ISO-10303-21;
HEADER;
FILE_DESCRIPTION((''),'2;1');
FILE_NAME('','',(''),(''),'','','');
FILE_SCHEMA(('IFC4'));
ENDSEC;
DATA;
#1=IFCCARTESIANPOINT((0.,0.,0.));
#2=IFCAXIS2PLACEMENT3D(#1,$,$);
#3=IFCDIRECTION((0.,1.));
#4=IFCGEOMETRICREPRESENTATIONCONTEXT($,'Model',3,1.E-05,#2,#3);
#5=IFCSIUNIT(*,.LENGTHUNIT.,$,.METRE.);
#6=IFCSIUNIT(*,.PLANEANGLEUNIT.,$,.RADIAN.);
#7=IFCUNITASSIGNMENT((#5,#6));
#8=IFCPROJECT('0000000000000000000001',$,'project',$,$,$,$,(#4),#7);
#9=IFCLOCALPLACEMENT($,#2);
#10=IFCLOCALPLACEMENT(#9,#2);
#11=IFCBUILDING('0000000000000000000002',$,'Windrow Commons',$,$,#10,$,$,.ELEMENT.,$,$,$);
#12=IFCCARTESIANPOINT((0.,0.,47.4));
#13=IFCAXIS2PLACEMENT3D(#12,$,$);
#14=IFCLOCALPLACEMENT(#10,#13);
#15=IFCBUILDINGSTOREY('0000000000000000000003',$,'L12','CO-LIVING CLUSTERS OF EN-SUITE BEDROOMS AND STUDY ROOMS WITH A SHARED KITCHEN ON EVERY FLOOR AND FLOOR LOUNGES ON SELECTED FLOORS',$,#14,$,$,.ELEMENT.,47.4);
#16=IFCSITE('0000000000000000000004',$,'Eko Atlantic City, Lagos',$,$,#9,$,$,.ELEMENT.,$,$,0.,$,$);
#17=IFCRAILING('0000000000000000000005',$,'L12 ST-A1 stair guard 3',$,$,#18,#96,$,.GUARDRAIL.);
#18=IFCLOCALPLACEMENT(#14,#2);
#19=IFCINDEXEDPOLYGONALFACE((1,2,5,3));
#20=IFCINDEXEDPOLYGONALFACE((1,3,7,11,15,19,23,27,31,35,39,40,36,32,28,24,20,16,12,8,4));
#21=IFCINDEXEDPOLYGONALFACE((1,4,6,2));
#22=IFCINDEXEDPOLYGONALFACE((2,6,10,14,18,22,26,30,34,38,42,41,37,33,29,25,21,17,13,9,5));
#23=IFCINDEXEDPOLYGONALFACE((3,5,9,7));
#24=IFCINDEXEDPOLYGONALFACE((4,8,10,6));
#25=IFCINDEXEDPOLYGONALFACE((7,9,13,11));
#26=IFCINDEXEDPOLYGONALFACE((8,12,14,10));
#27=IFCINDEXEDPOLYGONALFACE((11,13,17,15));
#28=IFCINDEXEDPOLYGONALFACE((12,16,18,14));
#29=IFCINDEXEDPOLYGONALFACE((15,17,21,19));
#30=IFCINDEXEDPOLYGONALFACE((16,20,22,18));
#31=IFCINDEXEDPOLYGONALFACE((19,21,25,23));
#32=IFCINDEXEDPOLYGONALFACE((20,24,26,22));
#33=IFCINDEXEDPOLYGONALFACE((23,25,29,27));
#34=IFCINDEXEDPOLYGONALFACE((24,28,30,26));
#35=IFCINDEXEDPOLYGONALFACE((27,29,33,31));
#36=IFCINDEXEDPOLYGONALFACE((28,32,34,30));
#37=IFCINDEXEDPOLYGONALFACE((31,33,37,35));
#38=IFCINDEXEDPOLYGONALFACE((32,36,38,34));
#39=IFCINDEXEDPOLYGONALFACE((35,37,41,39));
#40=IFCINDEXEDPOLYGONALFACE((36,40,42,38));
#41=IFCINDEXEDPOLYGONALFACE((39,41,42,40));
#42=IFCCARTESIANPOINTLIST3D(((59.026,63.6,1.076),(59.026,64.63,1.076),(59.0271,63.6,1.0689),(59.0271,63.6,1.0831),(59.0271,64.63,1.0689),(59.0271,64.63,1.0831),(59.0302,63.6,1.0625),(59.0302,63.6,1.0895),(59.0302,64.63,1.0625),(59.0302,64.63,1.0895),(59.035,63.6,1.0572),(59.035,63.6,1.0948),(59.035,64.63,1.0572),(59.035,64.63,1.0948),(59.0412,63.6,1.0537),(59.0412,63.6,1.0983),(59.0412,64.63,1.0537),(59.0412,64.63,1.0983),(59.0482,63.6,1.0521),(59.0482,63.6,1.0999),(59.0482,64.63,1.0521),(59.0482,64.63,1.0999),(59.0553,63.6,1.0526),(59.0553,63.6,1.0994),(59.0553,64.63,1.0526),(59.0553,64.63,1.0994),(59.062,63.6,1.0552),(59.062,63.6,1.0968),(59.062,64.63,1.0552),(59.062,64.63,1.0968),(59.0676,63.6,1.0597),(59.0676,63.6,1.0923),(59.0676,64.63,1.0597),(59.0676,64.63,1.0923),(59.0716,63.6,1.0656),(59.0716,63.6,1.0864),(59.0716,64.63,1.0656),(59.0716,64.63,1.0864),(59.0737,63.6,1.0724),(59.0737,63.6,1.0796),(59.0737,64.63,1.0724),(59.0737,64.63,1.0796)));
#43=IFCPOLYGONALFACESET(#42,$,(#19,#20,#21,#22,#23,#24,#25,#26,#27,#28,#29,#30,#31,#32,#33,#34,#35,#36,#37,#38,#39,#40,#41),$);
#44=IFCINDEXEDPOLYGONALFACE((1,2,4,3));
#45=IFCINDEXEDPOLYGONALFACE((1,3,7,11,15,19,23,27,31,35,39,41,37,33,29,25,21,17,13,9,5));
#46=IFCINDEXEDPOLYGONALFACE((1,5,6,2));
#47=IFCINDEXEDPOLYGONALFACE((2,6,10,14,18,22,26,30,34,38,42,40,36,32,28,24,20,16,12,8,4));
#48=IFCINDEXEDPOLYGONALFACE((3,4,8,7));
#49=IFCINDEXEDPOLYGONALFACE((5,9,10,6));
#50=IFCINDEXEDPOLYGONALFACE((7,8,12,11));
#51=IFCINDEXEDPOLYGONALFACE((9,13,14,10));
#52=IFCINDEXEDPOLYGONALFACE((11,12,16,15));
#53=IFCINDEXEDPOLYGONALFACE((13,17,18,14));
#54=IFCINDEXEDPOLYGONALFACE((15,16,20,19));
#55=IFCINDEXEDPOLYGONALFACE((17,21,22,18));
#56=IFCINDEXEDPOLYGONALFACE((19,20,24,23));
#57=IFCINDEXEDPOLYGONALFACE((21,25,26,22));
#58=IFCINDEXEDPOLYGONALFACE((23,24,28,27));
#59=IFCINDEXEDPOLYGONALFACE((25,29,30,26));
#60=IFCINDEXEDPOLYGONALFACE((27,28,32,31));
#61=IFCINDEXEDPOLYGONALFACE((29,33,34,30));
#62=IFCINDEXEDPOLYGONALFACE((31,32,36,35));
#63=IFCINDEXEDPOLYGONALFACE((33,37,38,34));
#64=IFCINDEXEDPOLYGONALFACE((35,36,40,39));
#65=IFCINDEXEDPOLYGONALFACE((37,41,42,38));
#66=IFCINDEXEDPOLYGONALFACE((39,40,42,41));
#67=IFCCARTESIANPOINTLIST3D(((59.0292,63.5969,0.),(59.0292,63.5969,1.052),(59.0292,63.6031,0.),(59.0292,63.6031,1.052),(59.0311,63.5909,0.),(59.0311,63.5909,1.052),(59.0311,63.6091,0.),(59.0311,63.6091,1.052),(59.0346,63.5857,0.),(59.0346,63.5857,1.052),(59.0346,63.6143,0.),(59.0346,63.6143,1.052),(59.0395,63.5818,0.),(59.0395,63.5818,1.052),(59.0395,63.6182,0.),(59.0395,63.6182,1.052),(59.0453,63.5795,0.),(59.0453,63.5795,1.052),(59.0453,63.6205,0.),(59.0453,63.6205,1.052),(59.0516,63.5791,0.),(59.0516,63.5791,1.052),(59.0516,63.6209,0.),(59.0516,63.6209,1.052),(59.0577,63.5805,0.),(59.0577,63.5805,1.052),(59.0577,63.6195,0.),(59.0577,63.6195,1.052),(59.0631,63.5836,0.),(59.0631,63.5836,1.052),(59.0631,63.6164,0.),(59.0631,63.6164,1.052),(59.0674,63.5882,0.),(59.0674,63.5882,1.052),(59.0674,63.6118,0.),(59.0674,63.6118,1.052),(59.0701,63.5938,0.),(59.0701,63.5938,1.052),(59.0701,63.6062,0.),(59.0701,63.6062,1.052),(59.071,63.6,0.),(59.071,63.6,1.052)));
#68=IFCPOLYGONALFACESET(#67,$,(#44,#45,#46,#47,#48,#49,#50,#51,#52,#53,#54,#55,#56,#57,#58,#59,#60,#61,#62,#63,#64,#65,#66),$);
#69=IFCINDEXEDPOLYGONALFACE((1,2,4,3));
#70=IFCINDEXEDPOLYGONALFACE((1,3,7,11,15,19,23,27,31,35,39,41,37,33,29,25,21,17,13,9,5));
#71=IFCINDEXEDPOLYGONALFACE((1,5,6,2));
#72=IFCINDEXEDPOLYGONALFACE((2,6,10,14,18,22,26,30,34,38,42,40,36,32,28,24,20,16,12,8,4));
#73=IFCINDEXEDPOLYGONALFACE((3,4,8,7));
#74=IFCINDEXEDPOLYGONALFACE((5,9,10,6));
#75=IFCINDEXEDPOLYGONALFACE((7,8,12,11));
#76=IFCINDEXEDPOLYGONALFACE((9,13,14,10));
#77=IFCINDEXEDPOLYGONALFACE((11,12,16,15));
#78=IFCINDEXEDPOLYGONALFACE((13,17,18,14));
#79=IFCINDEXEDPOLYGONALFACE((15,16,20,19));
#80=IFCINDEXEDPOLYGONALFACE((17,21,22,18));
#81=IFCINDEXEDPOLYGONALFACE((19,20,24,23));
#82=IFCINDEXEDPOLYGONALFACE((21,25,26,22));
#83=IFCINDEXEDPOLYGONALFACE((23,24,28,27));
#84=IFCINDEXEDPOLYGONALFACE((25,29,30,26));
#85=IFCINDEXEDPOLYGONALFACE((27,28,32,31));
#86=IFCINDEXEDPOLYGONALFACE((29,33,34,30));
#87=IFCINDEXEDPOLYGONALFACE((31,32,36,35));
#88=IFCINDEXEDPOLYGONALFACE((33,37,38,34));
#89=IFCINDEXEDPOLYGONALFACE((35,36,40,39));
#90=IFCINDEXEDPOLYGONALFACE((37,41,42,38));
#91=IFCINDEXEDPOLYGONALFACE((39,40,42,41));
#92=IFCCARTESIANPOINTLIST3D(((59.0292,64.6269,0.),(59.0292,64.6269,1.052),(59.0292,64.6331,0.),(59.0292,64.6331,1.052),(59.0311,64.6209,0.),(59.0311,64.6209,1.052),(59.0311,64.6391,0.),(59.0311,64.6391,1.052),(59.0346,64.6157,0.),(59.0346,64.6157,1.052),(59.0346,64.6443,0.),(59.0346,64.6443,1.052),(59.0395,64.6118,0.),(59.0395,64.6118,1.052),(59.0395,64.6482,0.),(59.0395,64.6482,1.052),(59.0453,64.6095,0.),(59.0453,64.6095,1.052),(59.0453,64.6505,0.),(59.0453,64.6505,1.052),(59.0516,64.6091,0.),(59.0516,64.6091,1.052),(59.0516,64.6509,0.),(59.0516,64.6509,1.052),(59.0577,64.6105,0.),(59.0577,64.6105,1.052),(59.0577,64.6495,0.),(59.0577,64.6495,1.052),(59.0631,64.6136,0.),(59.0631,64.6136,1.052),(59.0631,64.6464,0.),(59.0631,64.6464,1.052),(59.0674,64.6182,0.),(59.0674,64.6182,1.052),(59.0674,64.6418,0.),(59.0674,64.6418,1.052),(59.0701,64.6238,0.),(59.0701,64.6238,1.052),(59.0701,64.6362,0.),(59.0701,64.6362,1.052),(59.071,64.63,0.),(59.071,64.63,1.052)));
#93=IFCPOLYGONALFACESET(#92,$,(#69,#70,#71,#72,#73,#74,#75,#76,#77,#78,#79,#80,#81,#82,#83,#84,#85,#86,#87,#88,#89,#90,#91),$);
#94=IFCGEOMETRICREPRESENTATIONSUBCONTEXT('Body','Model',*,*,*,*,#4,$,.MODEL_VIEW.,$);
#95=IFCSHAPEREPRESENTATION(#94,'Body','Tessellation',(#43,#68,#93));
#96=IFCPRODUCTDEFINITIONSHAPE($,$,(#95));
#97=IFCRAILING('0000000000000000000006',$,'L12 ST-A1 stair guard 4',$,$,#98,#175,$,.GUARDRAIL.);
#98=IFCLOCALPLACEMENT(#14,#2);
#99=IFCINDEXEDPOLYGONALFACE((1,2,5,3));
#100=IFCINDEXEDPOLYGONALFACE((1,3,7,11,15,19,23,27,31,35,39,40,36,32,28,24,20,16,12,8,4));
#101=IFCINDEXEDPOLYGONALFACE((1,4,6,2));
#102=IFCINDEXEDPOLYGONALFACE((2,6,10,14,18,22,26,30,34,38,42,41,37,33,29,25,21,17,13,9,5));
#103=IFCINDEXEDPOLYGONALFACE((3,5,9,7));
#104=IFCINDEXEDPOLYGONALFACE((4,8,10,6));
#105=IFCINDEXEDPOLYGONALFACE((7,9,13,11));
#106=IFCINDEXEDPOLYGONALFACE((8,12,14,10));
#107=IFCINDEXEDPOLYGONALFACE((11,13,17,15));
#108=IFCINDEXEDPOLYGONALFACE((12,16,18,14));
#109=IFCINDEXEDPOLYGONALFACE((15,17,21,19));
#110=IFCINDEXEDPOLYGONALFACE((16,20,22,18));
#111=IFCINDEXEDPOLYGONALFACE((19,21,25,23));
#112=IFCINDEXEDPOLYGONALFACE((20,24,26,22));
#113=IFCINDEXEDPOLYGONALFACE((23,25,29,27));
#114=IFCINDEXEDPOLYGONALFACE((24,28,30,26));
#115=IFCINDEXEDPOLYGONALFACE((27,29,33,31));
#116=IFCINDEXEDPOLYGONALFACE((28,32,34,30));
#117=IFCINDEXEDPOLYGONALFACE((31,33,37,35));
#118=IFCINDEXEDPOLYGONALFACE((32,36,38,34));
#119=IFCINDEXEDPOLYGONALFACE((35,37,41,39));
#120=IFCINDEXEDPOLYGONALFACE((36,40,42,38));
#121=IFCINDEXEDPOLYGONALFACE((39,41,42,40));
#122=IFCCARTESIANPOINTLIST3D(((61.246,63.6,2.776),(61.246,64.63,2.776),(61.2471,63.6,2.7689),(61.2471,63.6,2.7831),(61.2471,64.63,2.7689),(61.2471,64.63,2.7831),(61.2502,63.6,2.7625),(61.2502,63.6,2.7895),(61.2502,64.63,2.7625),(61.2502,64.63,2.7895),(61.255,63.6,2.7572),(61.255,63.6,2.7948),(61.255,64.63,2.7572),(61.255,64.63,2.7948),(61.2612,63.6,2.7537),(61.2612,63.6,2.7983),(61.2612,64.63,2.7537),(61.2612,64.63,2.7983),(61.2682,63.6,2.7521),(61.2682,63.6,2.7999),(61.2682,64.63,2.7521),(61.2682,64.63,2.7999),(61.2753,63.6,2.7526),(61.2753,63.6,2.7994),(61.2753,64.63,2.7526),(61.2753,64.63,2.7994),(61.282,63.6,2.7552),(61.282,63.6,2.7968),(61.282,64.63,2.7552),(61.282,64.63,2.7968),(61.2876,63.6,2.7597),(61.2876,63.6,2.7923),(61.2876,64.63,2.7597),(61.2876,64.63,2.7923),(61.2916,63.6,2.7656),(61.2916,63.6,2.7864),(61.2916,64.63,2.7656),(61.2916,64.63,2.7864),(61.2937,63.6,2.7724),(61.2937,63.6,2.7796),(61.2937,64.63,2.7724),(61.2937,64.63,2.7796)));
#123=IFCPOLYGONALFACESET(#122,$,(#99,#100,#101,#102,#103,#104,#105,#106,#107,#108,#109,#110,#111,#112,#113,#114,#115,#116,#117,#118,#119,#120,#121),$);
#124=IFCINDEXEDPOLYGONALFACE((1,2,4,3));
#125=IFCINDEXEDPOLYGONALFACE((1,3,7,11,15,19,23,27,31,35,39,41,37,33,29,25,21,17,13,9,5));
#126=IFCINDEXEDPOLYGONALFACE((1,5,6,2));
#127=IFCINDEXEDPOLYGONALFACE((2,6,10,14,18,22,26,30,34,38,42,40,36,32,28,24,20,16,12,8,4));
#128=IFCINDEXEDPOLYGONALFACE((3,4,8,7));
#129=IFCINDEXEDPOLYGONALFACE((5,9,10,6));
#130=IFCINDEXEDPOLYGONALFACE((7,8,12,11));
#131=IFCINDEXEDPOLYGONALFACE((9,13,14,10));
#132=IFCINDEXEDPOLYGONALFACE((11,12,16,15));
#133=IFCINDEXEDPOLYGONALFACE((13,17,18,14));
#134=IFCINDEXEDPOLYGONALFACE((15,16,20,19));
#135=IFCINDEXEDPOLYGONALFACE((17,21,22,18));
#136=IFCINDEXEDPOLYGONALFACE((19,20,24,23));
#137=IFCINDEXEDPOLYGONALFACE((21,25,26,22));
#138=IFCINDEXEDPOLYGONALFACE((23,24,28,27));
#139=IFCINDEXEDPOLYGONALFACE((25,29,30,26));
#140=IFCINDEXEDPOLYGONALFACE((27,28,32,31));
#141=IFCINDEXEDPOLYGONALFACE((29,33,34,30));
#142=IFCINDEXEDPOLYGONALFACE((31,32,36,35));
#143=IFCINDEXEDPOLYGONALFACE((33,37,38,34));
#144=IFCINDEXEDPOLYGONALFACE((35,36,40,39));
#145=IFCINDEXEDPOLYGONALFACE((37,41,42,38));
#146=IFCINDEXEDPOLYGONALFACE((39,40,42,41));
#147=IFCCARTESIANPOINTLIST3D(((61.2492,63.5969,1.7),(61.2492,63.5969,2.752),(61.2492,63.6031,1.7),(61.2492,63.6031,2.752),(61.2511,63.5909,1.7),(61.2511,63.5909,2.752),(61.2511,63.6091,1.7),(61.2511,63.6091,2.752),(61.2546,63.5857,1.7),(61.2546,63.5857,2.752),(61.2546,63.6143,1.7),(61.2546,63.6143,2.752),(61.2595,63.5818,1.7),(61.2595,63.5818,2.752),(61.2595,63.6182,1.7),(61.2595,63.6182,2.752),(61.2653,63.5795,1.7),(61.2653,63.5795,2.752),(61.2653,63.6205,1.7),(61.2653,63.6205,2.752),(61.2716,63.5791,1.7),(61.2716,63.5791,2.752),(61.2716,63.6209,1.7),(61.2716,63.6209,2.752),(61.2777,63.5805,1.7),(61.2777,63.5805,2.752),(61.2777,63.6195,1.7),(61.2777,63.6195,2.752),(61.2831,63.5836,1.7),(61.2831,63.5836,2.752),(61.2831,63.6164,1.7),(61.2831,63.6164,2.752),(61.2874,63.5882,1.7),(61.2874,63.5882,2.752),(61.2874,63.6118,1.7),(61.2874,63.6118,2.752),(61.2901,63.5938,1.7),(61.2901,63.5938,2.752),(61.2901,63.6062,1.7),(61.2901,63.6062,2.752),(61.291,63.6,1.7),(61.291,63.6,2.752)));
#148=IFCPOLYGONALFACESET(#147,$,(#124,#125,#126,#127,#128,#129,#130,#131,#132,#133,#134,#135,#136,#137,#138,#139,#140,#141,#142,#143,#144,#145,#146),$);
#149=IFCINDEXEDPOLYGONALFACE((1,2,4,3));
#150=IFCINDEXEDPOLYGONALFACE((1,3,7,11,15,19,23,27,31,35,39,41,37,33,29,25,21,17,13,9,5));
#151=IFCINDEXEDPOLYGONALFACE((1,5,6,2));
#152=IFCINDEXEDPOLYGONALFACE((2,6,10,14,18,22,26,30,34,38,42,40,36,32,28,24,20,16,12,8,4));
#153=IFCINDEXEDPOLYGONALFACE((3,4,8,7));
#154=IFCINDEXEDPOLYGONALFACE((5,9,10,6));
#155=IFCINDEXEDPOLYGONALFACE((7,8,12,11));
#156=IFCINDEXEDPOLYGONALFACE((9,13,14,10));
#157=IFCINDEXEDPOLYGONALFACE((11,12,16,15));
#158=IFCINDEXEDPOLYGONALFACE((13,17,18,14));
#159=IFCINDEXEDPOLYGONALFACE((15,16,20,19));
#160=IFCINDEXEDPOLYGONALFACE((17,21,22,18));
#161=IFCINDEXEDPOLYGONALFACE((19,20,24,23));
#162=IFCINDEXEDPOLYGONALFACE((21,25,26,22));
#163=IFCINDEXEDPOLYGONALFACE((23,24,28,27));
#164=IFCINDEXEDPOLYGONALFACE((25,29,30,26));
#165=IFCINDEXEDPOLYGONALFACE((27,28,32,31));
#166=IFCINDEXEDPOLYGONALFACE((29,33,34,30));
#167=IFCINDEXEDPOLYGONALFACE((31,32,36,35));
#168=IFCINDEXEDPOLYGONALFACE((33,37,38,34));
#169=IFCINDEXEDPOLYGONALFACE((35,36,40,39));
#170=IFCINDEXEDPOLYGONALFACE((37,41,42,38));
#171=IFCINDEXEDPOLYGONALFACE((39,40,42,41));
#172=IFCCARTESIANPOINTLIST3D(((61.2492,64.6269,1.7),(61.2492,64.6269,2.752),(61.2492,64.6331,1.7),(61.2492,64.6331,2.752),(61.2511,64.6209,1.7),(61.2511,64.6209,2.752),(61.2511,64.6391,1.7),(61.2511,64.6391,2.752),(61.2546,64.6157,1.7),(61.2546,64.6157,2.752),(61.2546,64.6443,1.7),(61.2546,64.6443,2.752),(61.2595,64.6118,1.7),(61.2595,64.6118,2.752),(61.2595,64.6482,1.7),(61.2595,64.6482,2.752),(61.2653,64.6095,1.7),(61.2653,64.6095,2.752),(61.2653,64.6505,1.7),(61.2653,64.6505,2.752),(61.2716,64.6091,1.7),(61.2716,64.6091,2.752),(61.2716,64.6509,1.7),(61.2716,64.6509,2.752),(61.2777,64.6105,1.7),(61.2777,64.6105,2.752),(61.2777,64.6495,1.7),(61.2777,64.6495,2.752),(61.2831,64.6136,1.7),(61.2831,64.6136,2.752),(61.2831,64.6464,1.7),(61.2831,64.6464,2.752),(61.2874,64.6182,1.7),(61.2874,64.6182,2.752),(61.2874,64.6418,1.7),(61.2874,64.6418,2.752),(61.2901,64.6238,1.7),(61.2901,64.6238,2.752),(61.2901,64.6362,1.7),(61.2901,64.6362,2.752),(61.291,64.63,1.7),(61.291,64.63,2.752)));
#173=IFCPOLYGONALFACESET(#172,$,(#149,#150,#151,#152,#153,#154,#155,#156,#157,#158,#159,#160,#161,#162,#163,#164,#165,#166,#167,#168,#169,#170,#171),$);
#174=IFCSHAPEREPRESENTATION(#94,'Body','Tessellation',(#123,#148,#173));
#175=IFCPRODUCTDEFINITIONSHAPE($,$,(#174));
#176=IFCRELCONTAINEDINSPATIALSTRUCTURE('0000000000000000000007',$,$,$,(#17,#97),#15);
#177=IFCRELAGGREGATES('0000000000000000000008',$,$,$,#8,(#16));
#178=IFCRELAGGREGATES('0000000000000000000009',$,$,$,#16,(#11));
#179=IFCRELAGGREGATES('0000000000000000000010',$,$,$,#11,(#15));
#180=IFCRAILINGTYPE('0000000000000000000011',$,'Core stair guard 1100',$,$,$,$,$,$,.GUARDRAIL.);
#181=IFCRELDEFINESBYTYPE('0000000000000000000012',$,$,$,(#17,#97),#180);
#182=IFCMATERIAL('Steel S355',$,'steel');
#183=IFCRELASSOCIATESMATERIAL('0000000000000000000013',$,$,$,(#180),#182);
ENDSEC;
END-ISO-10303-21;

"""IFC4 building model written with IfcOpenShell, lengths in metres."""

from ifc_helpers import new_model, si_unit, direction, frame, origin, origin_2d, place, context, subcontext, project, spatial, circle, extrude, material, type_object, element, save


model = new_model("IFC4")

# Units and contexts
model_context = context("Model", 3, precision=1e-05, world=origin(), true_north=direction((0.0, 1.0)))
body_context = subcontext(model_context, "Body", "Model", "MODEL_VIEW")
ifc_project = project(units=[si_unit("LENGTHUNIT", "METRE"), si_unit("PLANEANGLEUNIT", "RADIAN")], contexts=[model_context])

# Site, building, storey
site_placement = place(None, origin())
site = spatial("IfcSite", under=ifc_project, at=site_placement, Name="Eko Atlantic City, Lagos", CompositionType="ELEMENT", RefElevation=0.0)
building_placement = place(site_placement, origin())
building = spatial("IfcBuilding", under=site, at=building_placement, Name="Windrow Commons", CompositionType="ELEMENT")
storey_placement = place(building_placement, frame((0.0, 0.0, 47.4)))
storey = spatial("IfcBuildingStorey", under=building, at=storey_placement, Name="L12", Description="CO-LIVING CLUSTERS OF EN-SUITE BEDROOMS AND STUDY ROOMS WITH A SHARED KITCHEN ON EVERY FLOOR AND FLOOR LOUNGES ON SELECTED FLOORS", CompositionType="ELEMENT", Elevation=47.4)

# Railings
ifc_material_1 = material(Name="Steel S355", Category="steel")
railing_type_1 = type_object("IfcRailingType", Name="Core stair guard 1100", PredefinedType="GUARDRAIL", material=ifc_material_1)
for number, where, name in (
    (1, (59.05, 63.6, 0.0), "L12 ST-A1 stair guard 3"),
    (2, (61.27, 63.6, 1.7), "L12 ST-A1 stair guard 4"),
):
    element("IfcRailing", number, at=place(storey_placement, frame(where)), inside=storey, type_object=railing_type_1, Name=name, PredefinedType="GUARDRAIL", context=body_context, shape_type="SweptSolid", body=[
        extrude(circle(Radius=0.024, at=origin_2d()), frame((0.0, 0.0, 1.076), z_axis=(0.0, 1.0, 0.0), x_axis=(-1.0, 0.0, 0.0)), (0.0, 0.0, 1.0), 1.03),
        extrude(circle(Radius=0.021, at=origin_2d()), origin(), (0.0, 0.0, 1.0), 1.052),
        extrude(circle(Radius=0.021, at=origin_2d()), frame((0.0, 1.03, 0.0)), (0.0, 0.0, 1.0), 1.052),
    ])

save(model, "model.ifc")
